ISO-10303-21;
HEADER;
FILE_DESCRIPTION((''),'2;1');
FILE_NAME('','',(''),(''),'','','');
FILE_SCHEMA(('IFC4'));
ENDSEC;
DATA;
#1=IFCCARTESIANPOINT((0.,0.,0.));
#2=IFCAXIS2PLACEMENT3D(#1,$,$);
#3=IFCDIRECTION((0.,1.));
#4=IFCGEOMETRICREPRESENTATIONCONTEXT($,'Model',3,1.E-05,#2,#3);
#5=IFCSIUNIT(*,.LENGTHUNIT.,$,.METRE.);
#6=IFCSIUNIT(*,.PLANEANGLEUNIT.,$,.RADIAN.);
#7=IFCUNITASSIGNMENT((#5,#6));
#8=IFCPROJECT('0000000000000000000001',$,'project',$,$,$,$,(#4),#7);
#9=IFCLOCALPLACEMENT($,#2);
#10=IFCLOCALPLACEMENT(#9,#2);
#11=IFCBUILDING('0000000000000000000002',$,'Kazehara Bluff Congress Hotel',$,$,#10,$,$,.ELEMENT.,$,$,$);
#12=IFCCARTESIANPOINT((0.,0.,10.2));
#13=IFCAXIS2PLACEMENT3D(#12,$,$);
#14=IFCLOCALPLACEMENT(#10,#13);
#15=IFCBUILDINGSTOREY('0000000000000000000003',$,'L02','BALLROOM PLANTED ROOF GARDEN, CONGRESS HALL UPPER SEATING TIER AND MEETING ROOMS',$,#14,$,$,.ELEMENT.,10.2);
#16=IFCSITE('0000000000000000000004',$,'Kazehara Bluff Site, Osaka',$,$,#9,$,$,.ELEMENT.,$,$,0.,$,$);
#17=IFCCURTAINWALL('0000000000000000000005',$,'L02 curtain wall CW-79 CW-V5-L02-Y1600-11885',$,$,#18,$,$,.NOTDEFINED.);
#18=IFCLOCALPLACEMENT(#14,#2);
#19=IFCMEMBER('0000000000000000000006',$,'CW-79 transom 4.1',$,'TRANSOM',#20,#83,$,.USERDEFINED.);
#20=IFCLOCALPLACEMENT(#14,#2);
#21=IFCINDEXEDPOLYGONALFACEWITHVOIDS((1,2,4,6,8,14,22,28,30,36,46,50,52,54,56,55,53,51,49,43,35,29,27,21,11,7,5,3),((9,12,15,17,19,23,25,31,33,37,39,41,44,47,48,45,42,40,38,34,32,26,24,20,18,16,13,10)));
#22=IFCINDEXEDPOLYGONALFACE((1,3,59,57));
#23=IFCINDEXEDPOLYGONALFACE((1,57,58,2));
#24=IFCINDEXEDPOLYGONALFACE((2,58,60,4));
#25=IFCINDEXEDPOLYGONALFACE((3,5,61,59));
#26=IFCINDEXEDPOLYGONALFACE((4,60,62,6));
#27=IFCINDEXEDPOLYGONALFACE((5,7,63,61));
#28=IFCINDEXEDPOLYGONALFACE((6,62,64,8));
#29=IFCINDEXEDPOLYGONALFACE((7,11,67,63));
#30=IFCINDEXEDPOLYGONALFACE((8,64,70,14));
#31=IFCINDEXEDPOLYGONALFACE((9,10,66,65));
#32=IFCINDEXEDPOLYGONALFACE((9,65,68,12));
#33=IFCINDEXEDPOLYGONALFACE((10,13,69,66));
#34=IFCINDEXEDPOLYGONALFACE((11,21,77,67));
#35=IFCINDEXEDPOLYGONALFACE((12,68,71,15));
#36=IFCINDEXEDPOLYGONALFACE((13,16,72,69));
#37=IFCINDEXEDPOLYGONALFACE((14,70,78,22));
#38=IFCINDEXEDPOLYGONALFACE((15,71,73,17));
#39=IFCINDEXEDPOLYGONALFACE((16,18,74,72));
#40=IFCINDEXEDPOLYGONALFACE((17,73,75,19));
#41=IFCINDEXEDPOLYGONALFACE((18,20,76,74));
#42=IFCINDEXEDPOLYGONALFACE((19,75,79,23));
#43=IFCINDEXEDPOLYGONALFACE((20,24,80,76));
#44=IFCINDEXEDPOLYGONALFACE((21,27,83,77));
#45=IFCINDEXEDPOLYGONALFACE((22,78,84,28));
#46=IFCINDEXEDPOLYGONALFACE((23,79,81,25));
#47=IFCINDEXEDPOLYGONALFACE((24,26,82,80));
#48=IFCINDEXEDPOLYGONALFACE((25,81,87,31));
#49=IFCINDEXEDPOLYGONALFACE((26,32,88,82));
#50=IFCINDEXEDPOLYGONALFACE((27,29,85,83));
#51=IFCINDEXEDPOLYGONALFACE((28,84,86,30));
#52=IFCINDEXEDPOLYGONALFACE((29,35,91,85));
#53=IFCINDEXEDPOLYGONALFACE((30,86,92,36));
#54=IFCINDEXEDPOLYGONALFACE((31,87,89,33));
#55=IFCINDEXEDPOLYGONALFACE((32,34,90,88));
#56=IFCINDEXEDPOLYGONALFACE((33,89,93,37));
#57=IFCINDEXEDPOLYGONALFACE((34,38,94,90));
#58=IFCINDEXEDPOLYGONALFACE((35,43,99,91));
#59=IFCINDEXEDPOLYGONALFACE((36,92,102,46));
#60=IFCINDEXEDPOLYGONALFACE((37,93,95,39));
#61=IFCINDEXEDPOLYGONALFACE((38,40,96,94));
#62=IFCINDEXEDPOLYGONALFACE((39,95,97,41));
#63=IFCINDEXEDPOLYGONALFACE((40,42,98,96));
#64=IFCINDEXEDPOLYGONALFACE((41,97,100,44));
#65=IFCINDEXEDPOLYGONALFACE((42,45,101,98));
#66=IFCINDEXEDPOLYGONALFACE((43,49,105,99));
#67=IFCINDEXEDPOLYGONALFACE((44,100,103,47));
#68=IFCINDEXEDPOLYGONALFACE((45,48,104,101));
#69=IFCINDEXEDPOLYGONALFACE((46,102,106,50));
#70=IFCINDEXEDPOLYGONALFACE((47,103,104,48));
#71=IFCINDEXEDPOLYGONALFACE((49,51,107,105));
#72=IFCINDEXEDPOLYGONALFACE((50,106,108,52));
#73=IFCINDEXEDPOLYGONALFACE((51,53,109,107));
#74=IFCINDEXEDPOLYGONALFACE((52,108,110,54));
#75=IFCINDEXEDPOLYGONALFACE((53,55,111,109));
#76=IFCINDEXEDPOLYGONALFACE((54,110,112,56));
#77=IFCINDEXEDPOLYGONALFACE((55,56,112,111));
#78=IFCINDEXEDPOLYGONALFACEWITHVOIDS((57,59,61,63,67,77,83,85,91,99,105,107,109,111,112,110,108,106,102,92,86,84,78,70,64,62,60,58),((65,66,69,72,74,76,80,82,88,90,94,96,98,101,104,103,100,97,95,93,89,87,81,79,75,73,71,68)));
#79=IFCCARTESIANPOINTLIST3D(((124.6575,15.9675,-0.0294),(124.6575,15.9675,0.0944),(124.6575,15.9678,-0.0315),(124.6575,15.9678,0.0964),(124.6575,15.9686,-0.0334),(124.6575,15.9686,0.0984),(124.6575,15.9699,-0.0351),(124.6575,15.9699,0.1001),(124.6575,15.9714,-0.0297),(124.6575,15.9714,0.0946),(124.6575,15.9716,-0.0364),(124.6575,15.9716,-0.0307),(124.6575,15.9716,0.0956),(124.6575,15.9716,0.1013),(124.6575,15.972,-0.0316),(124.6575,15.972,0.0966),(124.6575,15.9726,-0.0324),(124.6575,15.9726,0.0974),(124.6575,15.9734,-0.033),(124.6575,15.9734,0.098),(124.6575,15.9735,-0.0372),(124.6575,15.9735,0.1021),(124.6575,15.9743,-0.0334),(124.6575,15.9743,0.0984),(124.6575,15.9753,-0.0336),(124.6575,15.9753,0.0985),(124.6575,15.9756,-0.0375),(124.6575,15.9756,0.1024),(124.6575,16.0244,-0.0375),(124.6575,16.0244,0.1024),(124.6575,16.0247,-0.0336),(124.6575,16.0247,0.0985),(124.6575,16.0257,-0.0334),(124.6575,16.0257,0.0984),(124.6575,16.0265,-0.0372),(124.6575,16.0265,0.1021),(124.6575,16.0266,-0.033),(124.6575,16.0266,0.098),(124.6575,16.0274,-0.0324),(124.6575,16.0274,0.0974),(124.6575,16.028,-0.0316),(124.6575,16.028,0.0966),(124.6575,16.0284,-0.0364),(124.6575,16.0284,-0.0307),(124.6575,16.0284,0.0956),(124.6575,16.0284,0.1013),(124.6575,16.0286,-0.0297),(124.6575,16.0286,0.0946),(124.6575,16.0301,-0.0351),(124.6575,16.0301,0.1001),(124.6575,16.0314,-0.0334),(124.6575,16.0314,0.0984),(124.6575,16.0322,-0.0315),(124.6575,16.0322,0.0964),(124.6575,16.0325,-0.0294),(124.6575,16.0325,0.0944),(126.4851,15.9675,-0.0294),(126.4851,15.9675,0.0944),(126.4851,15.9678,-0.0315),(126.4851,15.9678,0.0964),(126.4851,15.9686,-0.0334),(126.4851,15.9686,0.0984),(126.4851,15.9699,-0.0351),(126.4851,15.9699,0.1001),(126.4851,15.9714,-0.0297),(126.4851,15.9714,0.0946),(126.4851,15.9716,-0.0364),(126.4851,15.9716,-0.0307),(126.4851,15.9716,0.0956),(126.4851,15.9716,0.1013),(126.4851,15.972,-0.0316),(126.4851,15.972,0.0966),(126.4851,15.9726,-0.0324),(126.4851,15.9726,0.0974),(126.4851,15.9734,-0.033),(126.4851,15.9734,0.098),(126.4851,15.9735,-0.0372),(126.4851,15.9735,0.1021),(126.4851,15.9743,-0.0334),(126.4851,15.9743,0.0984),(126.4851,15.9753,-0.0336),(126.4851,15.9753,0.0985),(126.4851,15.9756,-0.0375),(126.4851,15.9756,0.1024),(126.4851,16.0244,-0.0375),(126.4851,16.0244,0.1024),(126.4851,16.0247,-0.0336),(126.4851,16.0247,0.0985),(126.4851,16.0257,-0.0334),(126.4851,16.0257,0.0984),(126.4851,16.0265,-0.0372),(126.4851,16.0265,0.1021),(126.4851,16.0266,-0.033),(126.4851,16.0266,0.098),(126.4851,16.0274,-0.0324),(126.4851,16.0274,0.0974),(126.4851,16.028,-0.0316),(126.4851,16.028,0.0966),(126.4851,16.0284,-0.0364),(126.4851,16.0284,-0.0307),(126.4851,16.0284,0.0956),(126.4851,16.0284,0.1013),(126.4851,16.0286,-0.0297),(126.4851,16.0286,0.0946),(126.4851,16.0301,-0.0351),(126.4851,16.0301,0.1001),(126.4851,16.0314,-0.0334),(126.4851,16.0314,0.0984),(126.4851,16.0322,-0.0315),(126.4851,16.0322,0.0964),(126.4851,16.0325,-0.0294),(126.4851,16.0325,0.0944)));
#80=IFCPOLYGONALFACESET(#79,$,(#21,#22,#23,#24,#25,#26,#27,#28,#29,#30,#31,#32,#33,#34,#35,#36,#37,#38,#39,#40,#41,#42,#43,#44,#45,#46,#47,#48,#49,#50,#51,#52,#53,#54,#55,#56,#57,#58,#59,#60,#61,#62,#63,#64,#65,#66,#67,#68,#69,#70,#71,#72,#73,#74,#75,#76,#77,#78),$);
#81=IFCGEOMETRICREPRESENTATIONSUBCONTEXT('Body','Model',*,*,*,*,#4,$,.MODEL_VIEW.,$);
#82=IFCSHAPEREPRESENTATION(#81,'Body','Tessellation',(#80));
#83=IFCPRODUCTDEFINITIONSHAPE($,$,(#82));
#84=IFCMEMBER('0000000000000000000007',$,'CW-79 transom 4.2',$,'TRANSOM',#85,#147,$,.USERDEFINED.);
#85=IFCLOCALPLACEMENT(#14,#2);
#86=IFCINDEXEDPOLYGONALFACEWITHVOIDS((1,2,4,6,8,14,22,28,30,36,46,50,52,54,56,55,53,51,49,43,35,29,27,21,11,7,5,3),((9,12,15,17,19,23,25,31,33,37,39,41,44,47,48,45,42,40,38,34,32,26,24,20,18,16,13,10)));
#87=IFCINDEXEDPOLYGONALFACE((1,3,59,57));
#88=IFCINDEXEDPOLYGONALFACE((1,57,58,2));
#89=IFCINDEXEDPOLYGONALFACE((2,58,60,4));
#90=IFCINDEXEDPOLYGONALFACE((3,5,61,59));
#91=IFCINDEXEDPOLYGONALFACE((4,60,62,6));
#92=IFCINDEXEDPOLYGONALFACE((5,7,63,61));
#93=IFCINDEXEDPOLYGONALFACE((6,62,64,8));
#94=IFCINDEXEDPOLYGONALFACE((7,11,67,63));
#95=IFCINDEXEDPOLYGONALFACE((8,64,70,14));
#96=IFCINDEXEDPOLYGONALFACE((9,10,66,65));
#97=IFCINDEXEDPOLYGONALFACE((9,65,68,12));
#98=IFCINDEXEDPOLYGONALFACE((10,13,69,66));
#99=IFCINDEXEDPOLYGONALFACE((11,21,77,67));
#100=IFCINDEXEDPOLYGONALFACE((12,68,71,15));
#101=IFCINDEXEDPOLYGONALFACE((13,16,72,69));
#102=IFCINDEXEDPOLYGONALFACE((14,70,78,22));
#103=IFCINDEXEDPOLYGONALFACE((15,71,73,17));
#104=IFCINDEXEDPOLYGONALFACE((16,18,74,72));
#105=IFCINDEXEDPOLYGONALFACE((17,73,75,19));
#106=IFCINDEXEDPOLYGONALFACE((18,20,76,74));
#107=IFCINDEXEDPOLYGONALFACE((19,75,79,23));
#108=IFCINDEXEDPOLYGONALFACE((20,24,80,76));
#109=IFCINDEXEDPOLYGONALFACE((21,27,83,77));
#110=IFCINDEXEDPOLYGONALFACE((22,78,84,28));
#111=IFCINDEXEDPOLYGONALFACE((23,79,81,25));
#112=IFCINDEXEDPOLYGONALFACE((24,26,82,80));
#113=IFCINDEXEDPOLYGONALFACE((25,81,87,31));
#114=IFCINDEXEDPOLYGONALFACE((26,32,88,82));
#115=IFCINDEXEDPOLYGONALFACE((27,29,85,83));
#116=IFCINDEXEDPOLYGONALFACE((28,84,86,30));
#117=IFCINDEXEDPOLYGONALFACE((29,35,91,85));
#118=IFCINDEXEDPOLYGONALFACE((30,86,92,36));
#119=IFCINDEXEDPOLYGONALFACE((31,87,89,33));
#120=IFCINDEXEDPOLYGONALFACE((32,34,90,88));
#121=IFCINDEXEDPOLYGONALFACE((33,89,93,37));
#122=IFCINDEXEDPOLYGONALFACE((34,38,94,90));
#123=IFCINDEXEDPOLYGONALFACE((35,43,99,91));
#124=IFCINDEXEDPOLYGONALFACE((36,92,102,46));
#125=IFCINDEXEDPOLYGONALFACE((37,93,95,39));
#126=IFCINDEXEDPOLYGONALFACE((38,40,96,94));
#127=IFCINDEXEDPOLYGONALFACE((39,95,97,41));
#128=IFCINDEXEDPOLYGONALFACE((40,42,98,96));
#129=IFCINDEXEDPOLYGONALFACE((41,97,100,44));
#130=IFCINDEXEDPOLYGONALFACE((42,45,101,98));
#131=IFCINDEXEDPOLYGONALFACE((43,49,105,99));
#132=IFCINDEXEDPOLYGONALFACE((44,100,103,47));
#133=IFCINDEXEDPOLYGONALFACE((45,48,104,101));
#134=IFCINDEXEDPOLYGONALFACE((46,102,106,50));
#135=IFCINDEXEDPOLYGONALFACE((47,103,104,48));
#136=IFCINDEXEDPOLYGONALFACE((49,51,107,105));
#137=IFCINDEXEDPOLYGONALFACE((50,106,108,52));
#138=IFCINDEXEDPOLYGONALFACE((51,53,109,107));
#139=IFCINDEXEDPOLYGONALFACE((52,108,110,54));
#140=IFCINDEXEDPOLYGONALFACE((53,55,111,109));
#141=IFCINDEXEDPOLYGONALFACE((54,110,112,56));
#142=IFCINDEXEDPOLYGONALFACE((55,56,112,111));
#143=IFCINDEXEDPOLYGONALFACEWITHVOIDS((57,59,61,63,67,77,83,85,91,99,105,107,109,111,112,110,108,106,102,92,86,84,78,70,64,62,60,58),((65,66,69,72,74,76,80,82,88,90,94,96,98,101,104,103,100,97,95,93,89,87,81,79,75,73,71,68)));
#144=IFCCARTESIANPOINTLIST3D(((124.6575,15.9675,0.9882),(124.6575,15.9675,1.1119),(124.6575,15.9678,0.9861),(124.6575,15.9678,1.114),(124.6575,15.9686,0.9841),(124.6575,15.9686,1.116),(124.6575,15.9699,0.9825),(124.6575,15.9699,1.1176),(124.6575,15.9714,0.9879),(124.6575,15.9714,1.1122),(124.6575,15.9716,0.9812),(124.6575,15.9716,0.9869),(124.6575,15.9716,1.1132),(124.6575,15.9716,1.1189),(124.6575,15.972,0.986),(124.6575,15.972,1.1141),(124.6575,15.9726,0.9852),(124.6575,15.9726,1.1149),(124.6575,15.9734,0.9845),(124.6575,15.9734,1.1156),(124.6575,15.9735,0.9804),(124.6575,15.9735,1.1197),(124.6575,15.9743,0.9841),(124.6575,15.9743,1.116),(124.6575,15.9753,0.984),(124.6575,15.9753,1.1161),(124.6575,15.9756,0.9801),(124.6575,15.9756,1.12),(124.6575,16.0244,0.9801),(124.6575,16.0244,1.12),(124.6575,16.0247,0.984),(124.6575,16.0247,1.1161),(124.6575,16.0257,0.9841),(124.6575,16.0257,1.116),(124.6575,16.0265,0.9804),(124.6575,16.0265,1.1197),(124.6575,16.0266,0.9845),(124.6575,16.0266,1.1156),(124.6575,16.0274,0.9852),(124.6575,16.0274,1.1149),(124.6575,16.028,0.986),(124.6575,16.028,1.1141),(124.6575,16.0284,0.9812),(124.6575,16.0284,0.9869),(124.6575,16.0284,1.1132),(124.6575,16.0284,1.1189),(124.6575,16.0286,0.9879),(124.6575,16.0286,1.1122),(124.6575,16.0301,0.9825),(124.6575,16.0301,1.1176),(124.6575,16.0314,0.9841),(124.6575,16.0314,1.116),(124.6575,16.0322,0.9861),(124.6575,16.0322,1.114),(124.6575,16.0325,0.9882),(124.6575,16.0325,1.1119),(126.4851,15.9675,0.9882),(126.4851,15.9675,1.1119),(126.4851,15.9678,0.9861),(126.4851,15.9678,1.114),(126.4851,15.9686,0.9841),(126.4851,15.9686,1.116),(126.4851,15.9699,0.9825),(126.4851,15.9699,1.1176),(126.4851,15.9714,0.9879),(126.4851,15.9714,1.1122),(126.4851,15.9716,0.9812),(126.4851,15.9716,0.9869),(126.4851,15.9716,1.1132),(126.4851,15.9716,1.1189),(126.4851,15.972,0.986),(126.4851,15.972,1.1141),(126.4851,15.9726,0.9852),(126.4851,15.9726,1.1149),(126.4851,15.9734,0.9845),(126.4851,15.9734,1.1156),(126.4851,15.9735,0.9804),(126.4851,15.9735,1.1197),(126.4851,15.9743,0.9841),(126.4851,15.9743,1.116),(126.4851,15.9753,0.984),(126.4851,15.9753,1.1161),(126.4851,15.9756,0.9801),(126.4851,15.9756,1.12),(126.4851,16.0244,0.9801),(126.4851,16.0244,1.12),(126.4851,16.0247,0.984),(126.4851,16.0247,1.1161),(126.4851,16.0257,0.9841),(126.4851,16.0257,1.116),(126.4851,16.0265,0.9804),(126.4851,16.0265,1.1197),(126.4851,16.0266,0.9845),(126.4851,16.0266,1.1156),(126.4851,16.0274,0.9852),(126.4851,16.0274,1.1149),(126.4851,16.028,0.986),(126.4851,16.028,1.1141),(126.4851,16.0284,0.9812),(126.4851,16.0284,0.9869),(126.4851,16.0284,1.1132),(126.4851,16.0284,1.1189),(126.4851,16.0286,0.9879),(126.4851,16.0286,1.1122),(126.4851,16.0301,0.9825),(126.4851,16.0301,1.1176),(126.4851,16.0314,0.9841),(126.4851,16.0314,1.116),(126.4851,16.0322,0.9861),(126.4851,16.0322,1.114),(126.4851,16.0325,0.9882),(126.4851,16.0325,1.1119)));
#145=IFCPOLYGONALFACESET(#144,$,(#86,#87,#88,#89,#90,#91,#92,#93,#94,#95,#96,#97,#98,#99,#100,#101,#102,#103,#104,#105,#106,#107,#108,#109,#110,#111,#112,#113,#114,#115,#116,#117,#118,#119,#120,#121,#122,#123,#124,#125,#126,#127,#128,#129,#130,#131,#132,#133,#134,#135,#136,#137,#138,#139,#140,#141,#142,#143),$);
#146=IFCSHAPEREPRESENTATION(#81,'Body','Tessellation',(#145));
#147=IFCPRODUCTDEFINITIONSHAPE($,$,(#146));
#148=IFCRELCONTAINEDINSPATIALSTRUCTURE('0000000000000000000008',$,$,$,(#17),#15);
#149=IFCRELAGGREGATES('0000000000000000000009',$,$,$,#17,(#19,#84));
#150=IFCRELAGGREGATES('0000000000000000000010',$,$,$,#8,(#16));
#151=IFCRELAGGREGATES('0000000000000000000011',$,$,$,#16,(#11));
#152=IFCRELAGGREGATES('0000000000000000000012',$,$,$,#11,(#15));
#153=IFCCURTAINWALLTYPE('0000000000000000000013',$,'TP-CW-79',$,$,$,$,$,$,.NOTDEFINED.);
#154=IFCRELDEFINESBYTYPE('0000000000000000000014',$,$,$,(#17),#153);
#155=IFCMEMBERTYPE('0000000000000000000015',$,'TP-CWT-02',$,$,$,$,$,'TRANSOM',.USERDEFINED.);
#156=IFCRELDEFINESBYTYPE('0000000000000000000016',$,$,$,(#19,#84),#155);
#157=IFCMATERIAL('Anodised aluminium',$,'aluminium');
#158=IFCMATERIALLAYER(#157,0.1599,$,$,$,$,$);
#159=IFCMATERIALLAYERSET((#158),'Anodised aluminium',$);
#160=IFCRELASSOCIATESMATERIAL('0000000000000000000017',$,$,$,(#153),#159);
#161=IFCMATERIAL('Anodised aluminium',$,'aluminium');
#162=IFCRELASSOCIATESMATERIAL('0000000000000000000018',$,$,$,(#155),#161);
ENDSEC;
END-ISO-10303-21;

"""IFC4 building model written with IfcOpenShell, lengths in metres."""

from ifc_helpers import new_model, si_unit, direction, frame, origin, origin_2d, place, context, subcontext, project, spatial, hollow_rectangle, extrude, material, layer, layer_set, material_profile, profile_set, type_object, element, aggregate, save


model = new_model("IFC4")

# Units and contexts
model_context = context("Model", 3, precision=1e-05, world=origin(), true_north=direction((0.0, 1.0)))
body_context = subcontext(model_context, "Body", "Model", "MODEL_VIEW")
ifc_project = project(units=[si_unit("LENGTHUNIT", "METRE"), si_unit("PLANEANGLEUNIT", "RADIAN")], contexts=[model_context])

# Site, building, storey
site_placement = place(None, origin())
site = spatial("IfcSite", under=ifc_project, at=site_placement, Name="Kazehara Bluff Site, Osaka", CompositionType="ELEMENT", RefElevation=0.0)
building_placement = place(site_placement, origin())
building = spatial("IfcBuilding", under=site, at=building_placement, Name="Kazehara Bluff Congress Hotel", CompositionType="ELEMENT")
storey_placement = place(building_placement, frame((0.0, 0.0, 10.2)))
storey = spatial("IfcBuildingStorey", under=building, at=storey_placement, Name="L02", Description="BALLROOM PLANTED ROOF GARDEN, CONGRESS HALL UPPER SEATING TIER AND MEETING ROOMS", CompositionType="ELEMENT", Elevation=10.2)

# Curtain wall
ifc_material_1 = material(Name="Anodised aluminium", Category="aluminium")
ifc_layer_1 = layer(ifc_material_1, 0.1599)
ifc_layer_set_1 = layer_set([ifc_layer_1], Name="Anodised aluminium")
curtain_wall_type = type_object("IfcCurtainWallType", Name="TP-CW-79", PredefinedType="NOTDEFINED", material=ifc_layer_set_1)
curtain_wall_1_placement = place(storey_placement, origin())
curtain_wall_1 = element("IfcCurtainWall", 1, at=curtain_wall_1_placement, inside=storey, type_object=curtain_wall_type, Name="L02 curtain wall CW-79 CW-V5-L02-Y1600-11885", PredefinedType="NOTDEFINED")

# Members
ifc_material_2 = material(Name="Anodised aluminium", Category="aluminium")
ifc_material_profile_1 = material_profile(ifc_material_2, hollow_rectangle(XDim=0.0649, YDim=0.1399, WallThickness=0.0039, InnerFilletRadius=0.0039, OuterFilletRadius=0.0081, at=origin_2d()))
ifc_profile_set_1 = profile_set([ifc_material_profile_1], Name="Anodised aluminium")
member_type_1 = type_object("IfcMemberType", Name="TP-CWT-02", ElementType="TRANSOM", PredefinedType="USERDEFINED", material=ifc_profile_set_1)
member_1_placement = place(storey_placement, frame((124.6575, 16.0, 0.0325), z_axis=(1.0, 0.0, 0.0), x_axis=(0.0, 1.0, 0.0)))
member_1 = element("IfcMember", 2, at=member_1_placement, type_object=member_type_1, Name="CW-79 transom 4.1", ObjectType="TRANSOM", PredefinedType="USERDEFINED", context=body_context, shape_type="SweptSolid", body=[
    extrude(hollow_rectangle(XDim=0.0649, YDim=0.1399, WallThickness=0.0039, InnerFilletRadius=0.0039, OuterFilletRadius=0.0081, at=origin_2d()), origin(), (0.0, 0.0, 1.0), 1.8276),
])
member_2_placement = place(storey_placement, frame((124.6575, 16.0, 1.05), z_axis=(1.0, 0.0, 0.0), x_axis=(0.0, 1.0, 0.0)))
member_2 = element("IfcMember", 3, at=member_2_placement, type_object=member_type_1, Name="CW-79 transom 4.2", ObjectType="TRANSOM", PredefinedType="USERDEFINED", context=body_context, shape_type="SweptSolid", body=[
    extrude(hollow_rectangle(XDim=0.0649, YDim=0.1399, WallThickness=0.0039, InnerFilletRadius=0.0039, OuterFilletRadius=0.0081, at=origin_2d()), origin(), (0.0, 0.0, 1.0), 1.8276),
])

aggregate(curtain_wall_1, [member_1, member_2])

save(model, "model.ifc")
